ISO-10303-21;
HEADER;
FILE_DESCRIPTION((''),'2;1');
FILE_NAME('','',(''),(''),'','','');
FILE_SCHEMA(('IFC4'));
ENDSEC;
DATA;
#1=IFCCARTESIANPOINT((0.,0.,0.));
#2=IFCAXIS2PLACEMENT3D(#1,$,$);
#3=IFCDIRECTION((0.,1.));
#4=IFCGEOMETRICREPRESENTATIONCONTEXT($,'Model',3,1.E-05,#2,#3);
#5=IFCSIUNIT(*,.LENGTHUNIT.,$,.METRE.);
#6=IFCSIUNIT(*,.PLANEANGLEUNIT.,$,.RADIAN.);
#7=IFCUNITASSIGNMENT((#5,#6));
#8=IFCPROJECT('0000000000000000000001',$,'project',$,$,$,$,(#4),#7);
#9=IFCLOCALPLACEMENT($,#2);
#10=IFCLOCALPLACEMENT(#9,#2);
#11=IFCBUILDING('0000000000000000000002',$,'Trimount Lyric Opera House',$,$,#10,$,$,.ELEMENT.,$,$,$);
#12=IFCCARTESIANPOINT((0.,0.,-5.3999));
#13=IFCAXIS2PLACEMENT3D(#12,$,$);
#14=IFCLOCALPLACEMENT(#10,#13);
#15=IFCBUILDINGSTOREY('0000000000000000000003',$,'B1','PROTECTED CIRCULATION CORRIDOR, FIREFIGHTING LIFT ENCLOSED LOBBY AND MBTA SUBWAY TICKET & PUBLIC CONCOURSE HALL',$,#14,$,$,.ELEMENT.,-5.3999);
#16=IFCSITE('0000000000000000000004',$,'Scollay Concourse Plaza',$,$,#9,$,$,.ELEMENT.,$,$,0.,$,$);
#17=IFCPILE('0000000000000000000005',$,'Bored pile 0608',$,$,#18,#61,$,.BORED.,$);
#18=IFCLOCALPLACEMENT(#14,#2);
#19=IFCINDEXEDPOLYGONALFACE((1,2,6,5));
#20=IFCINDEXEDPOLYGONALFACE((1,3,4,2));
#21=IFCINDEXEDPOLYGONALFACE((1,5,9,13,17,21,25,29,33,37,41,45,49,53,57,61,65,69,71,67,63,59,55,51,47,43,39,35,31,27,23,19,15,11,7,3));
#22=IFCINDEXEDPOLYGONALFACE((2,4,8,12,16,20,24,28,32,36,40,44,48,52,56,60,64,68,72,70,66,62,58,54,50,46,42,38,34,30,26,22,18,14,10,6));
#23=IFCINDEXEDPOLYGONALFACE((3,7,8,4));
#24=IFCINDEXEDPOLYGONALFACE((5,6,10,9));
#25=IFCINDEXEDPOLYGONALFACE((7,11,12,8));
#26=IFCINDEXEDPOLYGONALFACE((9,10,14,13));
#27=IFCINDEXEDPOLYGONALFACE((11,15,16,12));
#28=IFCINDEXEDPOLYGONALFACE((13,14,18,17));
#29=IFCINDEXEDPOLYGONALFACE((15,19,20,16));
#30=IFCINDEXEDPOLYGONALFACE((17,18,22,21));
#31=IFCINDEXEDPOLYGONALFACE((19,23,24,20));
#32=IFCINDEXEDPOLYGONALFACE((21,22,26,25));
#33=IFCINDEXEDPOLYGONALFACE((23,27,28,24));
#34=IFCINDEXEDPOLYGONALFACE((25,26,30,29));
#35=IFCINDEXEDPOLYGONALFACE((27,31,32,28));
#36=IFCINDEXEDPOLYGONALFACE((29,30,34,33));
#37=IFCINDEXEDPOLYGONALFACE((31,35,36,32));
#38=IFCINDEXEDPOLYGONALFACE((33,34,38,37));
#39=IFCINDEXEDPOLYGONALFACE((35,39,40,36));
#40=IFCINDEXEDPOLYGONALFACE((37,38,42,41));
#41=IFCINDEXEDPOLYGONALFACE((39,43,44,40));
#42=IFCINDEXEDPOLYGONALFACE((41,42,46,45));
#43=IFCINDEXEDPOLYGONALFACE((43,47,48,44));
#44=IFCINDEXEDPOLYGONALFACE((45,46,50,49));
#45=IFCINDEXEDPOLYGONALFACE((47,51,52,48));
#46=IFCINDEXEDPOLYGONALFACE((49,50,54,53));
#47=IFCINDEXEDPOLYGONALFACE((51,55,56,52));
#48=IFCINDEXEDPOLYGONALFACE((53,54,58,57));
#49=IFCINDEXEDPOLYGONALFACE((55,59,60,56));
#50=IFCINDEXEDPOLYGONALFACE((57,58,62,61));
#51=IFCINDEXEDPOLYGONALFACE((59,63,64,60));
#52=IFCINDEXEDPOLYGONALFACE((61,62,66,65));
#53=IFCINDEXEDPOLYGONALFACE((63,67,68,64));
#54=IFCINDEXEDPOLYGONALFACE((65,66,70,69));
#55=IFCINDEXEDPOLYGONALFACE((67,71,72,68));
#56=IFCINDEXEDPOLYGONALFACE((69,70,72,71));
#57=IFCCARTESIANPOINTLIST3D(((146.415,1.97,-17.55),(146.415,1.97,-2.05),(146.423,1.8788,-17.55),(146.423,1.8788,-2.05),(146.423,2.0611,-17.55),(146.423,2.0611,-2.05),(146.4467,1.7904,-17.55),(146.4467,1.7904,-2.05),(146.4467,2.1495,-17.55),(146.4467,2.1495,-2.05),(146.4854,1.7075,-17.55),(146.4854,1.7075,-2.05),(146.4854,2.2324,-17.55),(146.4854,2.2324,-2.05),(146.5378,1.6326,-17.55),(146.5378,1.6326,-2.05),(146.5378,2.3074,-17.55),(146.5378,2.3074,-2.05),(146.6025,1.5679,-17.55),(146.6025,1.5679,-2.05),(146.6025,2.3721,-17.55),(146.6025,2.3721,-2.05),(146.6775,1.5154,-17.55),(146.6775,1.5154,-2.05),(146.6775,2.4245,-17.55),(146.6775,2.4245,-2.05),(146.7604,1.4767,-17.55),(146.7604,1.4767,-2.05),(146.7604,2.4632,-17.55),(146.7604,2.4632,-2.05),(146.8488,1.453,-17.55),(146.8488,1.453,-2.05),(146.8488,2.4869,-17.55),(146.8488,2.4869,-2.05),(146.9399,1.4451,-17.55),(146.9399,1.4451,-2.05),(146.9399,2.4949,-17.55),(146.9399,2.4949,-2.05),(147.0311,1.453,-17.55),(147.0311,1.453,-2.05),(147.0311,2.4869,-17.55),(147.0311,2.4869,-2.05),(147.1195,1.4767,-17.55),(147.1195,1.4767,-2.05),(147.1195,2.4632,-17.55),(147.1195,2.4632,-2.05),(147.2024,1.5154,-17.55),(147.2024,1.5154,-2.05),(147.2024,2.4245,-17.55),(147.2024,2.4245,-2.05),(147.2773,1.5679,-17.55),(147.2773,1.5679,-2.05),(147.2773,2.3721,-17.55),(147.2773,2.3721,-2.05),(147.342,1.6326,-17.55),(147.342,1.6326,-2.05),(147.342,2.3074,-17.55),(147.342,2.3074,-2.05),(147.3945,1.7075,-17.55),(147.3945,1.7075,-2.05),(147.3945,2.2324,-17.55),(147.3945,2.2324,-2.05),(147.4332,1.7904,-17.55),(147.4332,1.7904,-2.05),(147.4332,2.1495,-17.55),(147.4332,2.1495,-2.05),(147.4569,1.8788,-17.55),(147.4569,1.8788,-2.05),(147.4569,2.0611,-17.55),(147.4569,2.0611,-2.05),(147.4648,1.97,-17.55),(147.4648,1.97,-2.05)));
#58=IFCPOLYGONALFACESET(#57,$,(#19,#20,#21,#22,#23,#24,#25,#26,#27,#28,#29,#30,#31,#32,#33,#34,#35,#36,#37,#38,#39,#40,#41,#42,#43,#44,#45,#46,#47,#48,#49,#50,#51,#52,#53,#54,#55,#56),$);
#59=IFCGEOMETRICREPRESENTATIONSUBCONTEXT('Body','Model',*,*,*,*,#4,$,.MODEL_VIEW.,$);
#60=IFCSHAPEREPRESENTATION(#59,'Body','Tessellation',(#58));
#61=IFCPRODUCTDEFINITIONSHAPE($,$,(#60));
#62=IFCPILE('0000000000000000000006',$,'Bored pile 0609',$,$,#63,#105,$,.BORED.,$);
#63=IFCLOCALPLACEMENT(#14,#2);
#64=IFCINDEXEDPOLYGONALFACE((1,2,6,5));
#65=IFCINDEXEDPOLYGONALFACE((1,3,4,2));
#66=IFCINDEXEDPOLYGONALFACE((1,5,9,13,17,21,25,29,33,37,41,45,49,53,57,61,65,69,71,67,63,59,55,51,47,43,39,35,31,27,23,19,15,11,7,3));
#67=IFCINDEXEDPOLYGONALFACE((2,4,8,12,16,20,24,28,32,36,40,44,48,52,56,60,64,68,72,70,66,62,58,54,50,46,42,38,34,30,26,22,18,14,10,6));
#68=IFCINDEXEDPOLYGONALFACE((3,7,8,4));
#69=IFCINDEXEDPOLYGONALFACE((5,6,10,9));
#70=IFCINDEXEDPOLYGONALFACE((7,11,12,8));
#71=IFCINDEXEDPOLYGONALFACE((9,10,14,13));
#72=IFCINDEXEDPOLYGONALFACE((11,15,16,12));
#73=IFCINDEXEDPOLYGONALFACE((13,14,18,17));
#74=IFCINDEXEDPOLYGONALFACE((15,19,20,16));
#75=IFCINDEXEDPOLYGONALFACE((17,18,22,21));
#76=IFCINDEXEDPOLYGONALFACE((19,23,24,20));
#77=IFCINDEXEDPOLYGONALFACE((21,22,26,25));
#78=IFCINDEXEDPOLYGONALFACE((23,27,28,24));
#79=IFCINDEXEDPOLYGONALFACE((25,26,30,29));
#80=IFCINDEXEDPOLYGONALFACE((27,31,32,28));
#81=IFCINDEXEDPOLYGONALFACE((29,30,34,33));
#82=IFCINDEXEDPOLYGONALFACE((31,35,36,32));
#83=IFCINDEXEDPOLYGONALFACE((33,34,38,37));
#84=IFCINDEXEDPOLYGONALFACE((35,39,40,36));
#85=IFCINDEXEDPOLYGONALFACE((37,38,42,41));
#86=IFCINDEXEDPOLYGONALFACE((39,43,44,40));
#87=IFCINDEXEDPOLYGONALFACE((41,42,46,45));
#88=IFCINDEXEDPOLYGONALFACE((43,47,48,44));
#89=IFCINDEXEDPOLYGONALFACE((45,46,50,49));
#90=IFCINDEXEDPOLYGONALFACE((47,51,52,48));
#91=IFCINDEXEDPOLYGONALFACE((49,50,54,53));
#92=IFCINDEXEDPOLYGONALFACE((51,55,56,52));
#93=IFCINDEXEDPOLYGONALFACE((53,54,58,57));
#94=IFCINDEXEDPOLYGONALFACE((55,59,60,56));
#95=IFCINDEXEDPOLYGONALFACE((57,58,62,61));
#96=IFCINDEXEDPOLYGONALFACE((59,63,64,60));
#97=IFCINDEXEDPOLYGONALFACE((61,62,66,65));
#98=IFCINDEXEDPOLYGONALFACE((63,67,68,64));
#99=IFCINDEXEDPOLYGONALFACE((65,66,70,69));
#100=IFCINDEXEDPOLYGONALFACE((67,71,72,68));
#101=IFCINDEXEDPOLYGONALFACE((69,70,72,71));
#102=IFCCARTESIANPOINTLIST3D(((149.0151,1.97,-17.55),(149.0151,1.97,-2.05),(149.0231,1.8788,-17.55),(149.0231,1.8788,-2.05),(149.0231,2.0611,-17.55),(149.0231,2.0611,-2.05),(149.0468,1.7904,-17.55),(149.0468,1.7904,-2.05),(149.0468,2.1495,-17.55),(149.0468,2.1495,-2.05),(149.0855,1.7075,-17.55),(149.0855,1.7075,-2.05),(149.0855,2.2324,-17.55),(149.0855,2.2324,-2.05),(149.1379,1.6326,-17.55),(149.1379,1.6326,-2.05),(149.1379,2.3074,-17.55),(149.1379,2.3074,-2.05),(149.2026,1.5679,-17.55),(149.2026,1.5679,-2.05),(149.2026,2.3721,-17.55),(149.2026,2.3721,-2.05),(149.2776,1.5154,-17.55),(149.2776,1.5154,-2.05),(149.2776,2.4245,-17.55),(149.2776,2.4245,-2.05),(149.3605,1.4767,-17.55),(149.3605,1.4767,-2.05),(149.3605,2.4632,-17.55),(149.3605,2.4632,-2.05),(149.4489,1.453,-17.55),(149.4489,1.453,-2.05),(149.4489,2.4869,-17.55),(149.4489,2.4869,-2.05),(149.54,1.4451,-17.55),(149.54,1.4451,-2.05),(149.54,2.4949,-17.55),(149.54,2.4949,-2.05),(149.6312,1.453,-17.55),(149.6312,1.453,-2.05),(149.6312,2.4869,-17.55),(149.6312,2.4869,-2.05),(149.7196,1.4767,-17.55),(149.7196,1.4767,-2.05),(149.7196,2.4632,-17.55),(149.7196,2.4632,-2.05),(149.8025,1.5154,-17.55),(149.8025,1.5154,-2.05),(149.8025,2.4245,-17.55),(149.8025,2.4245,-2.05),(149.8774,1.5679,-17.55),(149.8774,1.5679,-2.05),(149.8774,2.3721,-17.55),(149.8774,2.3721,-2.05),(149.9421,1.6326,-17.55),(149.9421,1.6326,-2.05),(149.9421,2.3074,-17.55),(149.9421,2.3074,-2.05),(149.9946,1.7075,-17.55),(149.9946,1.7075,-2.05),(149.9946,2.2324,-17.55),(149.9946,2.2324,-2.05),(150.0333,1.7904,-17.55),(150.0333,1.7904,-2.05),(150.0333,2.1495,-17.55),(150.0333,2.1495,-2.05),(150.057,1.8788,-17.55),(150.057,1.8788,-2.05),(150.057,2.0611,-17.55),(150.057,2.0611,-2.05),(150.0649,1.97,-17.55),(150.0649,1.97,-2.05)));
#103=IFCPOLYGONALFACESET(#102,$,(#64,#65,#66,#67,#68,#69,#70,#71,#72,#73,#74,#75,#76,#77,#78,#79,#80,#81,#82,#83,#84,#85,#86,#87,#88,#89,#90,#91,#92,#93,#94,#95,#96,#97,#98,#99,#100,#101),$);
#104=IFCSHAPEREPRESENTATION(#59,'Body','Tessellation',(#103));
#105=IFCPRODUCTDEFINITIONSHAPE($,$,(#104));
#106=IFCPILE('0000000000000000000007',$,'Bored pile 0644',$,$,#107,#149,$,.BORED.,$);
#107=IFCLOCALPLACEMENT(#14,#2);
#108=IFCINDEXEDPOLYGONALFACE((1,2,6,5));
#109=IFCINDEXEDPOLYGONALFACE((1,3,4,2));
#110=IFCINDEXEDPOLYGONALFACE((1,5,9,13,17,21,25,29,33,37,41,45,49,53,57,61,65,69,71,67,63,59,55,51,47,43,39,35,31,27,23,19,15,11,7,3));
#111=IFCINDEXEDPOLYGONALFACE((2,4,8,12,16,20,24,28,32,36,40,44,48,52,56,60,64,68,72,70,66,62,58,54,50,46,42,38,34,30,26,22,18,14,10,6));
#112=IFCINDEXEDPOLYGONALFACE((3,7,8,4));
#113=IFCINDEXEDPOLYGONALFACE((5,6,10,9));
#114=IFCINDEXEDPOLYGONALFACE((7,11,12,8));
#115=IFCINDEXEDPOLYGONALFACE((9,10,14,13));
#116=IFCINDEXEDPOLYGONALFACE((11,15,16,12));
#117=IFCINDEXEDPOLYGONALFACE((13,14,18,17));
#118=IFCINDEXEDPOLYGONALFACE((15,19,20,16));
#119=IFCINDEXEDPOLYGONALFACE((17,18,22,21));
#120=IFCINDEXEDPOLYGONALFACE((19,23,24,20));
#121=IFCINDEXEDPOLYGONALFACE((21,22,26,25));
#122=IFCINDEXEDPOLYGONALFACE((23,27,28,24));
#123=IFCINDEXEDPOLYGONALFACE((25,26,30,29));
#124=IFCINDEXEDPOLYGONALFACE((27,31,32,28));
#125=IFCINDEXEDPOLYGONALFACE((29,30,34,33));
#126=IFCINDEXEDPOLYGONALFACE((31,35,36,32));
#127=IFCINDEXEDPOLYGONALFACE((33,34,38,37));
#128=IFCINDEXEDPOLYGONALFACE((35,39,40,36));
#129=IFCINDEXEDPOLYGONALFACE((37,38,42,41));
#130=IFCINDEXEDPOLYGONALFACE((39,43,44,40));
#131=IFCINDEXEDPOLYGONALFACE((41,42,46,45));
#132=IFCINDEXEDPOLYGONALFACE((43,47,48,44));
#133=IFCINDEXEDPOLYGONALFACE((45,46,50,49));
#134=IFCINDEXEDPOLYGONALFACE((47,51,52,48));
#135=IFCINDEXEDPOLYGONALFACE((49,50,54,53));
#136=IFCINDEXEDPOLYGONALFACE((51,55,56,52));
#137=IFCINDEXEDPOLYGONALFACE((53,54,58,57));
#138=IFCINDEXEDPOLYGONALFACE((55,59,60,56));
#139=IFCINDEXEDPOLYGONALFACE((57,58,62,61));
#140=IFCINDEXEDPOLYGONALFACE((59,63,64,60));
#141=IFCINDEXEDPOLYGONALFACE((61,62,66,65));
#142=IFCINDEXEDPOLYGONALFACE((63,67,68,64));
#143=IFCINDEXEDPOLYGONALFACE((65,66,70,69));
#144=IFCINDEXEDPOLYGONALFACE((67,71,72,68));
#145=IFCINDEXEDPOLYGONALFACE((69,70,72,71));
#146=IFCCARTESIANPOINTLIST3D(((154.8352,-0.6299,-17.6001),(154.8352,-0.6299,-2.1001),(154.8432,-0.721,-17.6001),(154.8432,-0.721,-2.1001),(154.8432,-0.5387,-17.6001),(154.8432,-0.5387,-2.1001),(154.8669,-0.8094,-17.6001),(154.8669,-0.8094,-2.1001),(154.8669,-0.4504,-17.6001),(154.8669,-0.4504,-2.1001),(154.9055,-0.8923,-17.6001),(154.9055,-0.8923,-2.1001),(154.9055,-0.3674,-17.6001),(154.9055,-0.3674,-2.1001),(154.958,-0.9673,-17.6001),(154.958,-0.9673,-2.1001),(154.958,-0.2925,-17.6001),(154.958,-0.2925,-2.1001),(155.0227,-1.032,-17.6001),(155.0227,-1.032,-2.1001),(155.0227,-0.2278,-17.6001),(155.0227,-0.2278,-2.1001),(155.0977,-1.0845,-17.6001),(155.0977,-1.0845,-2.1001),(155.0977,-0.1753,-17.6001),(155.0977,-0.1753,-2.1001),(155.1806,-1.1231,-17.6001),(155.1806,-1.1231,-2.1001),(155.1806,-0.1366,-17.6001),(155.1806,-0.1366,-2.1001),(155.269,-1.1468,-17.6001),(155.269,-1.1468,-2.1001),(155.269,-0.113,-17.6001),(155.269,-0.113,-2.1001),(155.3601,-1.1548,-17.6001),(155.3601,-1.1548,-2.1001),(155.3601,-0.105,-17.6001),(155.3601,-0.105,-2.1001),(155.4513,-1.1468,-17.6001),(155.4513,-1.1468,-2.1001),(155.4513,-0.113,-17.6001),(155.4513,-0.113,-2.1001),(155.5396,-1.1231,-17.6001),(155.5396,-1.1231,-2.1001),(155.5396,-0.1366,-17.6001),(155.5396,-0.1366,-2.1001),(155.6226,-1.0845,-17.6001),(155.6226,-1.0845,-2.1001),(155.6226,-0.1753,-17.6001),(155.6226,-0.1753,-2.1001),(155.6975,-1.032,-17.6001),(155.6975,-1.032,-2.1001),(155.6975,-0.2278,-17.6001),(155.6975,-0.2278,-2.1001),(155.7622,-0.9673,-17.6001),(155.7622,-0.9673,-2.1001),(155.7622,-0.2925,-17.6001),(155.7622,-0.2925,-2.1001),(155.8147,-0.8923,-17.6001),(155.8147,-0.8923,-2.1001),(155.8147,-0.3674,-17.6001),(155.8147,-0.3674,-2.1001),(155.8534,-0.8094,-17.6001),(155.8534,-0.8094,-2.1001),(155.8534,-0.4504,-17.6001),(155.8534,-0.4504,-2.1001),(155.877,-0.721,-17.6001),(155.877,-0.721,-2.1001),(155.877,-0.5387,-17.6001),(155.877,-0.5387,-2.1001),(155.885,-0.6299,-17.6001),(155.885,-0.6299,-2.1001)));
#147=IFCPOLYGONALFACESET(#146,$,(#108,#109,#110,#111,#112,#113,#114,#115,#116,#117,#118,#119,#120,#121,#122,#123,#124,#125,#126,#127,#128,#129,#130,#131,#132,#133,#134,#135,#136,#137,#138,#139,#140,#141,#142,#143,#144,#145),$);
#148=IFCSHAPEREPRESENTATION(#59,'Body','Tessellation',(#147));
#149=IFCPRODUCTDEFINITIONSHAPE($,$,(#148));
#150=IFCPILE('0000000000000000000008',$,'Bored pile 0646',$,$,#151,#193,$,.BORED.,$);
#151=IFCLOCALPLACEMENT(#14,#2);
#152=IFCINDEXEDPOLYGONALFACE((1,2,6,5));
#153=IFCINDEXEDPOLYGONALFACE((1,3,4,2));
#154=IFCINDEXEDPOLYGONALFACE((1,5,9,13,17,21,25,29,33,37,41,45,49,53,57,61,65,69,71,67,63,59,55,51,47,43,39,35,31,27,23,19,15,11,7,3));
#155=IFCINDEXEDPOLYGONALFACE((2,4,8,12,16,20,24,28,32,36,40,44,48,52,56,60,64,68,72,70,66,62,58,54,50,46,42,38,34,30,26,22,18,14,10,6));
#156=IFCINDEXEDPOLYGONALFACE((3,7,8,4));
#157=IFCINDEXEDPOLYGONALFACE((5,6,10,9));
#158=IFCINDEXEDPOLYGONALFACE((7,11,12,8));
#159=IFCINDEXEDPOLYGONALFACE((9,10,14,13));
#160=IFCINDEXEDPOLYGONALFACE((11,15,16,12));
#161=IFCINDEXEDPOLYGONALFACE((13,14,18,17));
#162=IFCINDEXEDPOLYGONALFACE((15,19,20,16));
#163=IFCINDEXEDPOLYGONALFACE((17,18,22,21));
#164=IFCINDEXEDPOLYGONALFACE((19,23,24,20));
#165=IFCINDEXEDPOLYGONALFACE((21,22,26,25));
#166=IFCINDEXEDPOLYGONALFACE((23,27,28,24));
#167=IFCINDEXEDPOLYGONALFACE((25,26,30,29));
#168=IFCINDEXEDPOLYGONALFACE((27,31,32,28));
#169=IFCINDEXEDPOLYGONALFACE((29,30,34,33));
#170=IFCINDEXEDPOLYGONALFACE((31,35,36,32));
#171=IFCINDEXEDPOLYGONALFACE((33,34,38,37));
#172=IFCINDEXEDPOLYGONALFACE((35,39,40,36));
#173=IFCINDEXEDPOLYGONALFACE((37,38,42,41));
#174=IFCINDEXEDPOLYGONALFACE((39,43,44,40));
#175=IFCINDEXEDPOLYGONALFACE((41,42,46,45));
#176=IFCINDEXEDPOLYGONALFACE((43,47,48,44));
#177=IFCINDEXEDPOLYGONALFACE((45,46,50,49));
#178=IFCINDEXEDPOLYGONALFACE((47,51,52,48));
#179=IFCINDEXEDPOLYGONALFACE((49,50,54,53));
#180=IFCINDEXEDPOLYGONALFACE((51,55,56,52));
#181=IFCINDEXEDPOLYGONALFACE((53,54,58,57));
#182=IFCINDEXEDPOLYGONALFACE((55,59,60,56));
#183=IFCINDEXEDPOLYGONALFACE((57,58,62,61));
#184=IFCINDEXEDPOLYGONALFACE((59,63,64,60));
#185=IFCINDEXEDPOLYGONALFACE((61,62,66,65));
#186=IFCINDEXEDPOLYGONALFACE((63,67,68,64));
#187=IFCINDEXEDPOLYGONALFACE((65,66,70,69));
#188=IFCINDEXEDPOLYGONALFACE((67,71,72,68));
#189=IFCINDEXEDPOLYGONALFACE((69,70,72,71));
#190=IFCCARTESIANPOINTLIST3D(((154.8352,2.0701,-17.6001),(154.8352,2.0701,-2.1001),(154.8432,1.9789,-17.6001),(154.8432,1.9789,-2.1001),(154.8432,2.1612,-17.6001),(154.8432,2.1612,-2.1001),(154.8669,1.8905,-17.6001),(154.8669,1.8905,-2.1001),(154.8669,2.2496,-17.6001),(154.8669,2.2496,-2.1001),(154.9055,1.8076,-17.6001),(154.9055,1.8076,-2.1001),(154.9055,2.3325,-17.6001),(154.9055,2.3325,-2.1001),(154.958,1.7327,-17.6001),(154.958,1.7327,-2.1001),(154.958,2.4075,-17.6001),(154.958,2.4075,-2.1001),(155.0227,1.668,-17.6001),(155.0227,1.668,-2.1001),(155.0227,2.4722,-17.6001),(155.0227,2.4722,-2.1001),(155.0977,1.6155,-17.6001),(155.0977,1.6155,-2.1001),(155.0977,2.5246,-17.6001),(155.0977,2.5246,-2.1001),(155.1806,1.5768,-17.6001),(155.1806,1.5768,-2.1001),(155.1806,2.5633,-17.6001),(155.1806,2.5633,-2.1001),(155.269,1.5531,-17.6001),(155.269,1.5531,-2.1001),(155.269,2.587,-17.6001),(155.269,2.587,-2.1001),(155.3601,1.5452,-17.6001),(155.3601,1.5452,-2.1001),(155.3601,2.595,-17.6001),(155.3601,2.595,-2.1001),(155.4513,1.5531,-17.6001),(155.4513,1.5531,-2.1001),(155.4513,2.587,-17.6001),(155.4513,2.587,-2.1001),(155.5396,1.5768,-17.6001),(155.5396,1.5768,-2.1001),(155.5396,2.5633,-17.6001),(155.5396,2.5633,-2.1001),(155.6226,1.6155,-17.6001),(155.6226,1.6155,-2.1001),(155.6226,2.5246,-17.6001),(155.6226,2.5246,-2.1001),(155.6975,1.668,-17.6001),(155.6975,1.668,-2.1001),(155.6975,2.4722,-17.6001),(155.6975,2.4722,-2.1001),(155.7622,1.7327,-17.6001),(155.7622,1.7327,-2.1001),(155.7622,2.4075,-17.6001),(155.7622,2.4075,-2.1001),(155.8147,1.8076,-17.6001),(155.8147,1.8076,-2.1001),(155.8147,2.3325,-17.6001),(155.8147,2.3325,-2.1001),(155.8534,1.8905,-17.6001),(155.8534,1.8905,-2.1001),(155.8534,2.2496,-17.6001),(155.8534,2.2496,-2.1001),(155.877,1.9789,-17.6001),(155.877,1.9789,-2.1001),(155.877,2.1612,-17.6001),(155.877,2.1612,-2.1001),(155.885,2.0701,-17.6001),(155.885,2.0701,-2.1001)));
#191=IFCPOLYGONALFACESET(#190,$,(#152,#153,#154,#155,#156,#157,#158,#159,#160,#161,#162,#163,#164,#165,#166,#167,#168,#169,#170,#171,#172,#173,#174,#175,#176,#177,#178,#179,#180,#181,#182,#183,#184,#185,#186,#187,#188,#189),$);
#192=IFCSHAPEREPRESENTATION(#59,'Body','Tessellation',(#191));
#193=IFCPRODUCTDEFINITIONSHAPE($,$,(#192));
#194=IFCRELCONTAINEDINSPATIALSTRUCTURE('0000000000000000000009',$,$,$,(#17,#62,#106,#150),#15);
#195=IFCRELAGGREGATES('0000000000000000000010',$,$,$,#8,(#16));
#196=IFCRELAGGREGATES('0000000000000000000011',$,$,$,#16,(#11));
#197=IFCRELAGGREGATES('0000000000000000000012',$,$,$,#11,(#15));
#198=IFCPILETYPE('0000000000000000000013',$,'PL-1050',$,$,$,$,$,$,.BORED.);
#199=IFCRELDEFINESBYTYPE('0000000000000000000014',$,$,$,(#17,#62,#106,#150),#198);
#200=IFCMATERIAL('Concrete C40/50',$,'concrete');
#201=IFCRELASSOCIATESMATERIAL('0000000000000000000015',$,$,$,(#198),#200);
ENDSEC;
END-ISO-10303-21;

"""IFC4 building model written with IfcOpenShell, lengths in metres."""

from ifc_helpers import new_model, si_unit, direction, frame, origin, origin_2d, place, context, subcontext, project, spatial, circle, extrude, material, material_profile, profile_set, type_object, element, save


model = new_model("IFC4")

# Units and contexts
model_context = context("Model", 3, precision=1e-05, world=origin(), true_north=direction((0.0, 1.0)))
body_context = subcontext(model_context, "Body", "Model", "MODEL_VIEW")
ifc_project = project(units=[si_unit("LENGTHUNIT", "METRE"), si_unit("PLANEANGLEUNIT", "RADIAN")], contexts=[model_context])

# Site, building, storey
site_placement = place(None, origin())
site = spatial("IfcSite", under=ifc_project, at=site_placement, Name="Scollay Concourse Plaza", CompositionType="ELEMENT", RefElevation=0.0)
building_placement = place(site_placement, origin())
building = spatial("IfcBuilding", under=site, at=building_placement, Name="Trimount Lyric Opera House", CompositionType="ELEMENT")
storey_placement = place(building_placement, frame((0.0, 0.0, -5.3999)))
storey = spatial("IfcBuildingStorey", under=building, at=storey_placement, Name="B1", Description="PROTECTED CIRCULATION CORRIDOR, FIREFIGHTING LIFT ENCLOSED LOBBY AND MBTA SUBWAY TICKET & PUBLIC CONCOURSE HALL", CompositionType="ELEMENT", Elevation=-5.3999)

# Piles
ifc_material_1 = material(Name="Concrete C40/50", Category="concrete")
ifc_material_profile_1 = material_profile(ifc_material_1, circle(Radius=0.5249, at=origin_2d()), Name="PILE-D1050")
ifc_profile_set_1 = profile_set([ifc_material_profile_1], Name="Concrete C40/50")
pile_type_1 = type_object("IfcPileType", Name="PL-1050", PredefinedType="BORED", material=ifc_profile_set_1)
for number, where, z_axis, x_axis, name in (
    (1, (146.9399, 1.97, -2.05), (0.0, 0.0, -1.0), (1.0, 0.0, 0.0), "Bored pile 0608"),
    (2, (149.54, 1.97, -2.05), (0.0, 0.0, -1.0), (1.0, 0.0, 0.0), "Bored pile 0609"),
    (3, (155.3601, -0.6299, -2.1001), (0.0, 0.0, -1.0), (1.0, 0.0, 0.0), "Bored pile 0644"),
    (4, (155.3601, 2.0701, -2.1001), (0.0, 0.0, -1.0), (1.0, 0.0, 0.0), "Bored pile 0646"),
):
    element("IfcPile", number, at=place(storey_placement, frame(where, z_axis=z_axis, x_axis=x_axis)), inside=storey, type_object=pile_type_1, Name=name, PredefinedType="BORED", context=body_context, shape_type="SweptSolid", body=[
        extrude(circle(Radius=0.5249, at=origin_2d()), origin(), (0.0, 0.0, 1.0), 15.5),
    ])

save(model, "model.ifc")
